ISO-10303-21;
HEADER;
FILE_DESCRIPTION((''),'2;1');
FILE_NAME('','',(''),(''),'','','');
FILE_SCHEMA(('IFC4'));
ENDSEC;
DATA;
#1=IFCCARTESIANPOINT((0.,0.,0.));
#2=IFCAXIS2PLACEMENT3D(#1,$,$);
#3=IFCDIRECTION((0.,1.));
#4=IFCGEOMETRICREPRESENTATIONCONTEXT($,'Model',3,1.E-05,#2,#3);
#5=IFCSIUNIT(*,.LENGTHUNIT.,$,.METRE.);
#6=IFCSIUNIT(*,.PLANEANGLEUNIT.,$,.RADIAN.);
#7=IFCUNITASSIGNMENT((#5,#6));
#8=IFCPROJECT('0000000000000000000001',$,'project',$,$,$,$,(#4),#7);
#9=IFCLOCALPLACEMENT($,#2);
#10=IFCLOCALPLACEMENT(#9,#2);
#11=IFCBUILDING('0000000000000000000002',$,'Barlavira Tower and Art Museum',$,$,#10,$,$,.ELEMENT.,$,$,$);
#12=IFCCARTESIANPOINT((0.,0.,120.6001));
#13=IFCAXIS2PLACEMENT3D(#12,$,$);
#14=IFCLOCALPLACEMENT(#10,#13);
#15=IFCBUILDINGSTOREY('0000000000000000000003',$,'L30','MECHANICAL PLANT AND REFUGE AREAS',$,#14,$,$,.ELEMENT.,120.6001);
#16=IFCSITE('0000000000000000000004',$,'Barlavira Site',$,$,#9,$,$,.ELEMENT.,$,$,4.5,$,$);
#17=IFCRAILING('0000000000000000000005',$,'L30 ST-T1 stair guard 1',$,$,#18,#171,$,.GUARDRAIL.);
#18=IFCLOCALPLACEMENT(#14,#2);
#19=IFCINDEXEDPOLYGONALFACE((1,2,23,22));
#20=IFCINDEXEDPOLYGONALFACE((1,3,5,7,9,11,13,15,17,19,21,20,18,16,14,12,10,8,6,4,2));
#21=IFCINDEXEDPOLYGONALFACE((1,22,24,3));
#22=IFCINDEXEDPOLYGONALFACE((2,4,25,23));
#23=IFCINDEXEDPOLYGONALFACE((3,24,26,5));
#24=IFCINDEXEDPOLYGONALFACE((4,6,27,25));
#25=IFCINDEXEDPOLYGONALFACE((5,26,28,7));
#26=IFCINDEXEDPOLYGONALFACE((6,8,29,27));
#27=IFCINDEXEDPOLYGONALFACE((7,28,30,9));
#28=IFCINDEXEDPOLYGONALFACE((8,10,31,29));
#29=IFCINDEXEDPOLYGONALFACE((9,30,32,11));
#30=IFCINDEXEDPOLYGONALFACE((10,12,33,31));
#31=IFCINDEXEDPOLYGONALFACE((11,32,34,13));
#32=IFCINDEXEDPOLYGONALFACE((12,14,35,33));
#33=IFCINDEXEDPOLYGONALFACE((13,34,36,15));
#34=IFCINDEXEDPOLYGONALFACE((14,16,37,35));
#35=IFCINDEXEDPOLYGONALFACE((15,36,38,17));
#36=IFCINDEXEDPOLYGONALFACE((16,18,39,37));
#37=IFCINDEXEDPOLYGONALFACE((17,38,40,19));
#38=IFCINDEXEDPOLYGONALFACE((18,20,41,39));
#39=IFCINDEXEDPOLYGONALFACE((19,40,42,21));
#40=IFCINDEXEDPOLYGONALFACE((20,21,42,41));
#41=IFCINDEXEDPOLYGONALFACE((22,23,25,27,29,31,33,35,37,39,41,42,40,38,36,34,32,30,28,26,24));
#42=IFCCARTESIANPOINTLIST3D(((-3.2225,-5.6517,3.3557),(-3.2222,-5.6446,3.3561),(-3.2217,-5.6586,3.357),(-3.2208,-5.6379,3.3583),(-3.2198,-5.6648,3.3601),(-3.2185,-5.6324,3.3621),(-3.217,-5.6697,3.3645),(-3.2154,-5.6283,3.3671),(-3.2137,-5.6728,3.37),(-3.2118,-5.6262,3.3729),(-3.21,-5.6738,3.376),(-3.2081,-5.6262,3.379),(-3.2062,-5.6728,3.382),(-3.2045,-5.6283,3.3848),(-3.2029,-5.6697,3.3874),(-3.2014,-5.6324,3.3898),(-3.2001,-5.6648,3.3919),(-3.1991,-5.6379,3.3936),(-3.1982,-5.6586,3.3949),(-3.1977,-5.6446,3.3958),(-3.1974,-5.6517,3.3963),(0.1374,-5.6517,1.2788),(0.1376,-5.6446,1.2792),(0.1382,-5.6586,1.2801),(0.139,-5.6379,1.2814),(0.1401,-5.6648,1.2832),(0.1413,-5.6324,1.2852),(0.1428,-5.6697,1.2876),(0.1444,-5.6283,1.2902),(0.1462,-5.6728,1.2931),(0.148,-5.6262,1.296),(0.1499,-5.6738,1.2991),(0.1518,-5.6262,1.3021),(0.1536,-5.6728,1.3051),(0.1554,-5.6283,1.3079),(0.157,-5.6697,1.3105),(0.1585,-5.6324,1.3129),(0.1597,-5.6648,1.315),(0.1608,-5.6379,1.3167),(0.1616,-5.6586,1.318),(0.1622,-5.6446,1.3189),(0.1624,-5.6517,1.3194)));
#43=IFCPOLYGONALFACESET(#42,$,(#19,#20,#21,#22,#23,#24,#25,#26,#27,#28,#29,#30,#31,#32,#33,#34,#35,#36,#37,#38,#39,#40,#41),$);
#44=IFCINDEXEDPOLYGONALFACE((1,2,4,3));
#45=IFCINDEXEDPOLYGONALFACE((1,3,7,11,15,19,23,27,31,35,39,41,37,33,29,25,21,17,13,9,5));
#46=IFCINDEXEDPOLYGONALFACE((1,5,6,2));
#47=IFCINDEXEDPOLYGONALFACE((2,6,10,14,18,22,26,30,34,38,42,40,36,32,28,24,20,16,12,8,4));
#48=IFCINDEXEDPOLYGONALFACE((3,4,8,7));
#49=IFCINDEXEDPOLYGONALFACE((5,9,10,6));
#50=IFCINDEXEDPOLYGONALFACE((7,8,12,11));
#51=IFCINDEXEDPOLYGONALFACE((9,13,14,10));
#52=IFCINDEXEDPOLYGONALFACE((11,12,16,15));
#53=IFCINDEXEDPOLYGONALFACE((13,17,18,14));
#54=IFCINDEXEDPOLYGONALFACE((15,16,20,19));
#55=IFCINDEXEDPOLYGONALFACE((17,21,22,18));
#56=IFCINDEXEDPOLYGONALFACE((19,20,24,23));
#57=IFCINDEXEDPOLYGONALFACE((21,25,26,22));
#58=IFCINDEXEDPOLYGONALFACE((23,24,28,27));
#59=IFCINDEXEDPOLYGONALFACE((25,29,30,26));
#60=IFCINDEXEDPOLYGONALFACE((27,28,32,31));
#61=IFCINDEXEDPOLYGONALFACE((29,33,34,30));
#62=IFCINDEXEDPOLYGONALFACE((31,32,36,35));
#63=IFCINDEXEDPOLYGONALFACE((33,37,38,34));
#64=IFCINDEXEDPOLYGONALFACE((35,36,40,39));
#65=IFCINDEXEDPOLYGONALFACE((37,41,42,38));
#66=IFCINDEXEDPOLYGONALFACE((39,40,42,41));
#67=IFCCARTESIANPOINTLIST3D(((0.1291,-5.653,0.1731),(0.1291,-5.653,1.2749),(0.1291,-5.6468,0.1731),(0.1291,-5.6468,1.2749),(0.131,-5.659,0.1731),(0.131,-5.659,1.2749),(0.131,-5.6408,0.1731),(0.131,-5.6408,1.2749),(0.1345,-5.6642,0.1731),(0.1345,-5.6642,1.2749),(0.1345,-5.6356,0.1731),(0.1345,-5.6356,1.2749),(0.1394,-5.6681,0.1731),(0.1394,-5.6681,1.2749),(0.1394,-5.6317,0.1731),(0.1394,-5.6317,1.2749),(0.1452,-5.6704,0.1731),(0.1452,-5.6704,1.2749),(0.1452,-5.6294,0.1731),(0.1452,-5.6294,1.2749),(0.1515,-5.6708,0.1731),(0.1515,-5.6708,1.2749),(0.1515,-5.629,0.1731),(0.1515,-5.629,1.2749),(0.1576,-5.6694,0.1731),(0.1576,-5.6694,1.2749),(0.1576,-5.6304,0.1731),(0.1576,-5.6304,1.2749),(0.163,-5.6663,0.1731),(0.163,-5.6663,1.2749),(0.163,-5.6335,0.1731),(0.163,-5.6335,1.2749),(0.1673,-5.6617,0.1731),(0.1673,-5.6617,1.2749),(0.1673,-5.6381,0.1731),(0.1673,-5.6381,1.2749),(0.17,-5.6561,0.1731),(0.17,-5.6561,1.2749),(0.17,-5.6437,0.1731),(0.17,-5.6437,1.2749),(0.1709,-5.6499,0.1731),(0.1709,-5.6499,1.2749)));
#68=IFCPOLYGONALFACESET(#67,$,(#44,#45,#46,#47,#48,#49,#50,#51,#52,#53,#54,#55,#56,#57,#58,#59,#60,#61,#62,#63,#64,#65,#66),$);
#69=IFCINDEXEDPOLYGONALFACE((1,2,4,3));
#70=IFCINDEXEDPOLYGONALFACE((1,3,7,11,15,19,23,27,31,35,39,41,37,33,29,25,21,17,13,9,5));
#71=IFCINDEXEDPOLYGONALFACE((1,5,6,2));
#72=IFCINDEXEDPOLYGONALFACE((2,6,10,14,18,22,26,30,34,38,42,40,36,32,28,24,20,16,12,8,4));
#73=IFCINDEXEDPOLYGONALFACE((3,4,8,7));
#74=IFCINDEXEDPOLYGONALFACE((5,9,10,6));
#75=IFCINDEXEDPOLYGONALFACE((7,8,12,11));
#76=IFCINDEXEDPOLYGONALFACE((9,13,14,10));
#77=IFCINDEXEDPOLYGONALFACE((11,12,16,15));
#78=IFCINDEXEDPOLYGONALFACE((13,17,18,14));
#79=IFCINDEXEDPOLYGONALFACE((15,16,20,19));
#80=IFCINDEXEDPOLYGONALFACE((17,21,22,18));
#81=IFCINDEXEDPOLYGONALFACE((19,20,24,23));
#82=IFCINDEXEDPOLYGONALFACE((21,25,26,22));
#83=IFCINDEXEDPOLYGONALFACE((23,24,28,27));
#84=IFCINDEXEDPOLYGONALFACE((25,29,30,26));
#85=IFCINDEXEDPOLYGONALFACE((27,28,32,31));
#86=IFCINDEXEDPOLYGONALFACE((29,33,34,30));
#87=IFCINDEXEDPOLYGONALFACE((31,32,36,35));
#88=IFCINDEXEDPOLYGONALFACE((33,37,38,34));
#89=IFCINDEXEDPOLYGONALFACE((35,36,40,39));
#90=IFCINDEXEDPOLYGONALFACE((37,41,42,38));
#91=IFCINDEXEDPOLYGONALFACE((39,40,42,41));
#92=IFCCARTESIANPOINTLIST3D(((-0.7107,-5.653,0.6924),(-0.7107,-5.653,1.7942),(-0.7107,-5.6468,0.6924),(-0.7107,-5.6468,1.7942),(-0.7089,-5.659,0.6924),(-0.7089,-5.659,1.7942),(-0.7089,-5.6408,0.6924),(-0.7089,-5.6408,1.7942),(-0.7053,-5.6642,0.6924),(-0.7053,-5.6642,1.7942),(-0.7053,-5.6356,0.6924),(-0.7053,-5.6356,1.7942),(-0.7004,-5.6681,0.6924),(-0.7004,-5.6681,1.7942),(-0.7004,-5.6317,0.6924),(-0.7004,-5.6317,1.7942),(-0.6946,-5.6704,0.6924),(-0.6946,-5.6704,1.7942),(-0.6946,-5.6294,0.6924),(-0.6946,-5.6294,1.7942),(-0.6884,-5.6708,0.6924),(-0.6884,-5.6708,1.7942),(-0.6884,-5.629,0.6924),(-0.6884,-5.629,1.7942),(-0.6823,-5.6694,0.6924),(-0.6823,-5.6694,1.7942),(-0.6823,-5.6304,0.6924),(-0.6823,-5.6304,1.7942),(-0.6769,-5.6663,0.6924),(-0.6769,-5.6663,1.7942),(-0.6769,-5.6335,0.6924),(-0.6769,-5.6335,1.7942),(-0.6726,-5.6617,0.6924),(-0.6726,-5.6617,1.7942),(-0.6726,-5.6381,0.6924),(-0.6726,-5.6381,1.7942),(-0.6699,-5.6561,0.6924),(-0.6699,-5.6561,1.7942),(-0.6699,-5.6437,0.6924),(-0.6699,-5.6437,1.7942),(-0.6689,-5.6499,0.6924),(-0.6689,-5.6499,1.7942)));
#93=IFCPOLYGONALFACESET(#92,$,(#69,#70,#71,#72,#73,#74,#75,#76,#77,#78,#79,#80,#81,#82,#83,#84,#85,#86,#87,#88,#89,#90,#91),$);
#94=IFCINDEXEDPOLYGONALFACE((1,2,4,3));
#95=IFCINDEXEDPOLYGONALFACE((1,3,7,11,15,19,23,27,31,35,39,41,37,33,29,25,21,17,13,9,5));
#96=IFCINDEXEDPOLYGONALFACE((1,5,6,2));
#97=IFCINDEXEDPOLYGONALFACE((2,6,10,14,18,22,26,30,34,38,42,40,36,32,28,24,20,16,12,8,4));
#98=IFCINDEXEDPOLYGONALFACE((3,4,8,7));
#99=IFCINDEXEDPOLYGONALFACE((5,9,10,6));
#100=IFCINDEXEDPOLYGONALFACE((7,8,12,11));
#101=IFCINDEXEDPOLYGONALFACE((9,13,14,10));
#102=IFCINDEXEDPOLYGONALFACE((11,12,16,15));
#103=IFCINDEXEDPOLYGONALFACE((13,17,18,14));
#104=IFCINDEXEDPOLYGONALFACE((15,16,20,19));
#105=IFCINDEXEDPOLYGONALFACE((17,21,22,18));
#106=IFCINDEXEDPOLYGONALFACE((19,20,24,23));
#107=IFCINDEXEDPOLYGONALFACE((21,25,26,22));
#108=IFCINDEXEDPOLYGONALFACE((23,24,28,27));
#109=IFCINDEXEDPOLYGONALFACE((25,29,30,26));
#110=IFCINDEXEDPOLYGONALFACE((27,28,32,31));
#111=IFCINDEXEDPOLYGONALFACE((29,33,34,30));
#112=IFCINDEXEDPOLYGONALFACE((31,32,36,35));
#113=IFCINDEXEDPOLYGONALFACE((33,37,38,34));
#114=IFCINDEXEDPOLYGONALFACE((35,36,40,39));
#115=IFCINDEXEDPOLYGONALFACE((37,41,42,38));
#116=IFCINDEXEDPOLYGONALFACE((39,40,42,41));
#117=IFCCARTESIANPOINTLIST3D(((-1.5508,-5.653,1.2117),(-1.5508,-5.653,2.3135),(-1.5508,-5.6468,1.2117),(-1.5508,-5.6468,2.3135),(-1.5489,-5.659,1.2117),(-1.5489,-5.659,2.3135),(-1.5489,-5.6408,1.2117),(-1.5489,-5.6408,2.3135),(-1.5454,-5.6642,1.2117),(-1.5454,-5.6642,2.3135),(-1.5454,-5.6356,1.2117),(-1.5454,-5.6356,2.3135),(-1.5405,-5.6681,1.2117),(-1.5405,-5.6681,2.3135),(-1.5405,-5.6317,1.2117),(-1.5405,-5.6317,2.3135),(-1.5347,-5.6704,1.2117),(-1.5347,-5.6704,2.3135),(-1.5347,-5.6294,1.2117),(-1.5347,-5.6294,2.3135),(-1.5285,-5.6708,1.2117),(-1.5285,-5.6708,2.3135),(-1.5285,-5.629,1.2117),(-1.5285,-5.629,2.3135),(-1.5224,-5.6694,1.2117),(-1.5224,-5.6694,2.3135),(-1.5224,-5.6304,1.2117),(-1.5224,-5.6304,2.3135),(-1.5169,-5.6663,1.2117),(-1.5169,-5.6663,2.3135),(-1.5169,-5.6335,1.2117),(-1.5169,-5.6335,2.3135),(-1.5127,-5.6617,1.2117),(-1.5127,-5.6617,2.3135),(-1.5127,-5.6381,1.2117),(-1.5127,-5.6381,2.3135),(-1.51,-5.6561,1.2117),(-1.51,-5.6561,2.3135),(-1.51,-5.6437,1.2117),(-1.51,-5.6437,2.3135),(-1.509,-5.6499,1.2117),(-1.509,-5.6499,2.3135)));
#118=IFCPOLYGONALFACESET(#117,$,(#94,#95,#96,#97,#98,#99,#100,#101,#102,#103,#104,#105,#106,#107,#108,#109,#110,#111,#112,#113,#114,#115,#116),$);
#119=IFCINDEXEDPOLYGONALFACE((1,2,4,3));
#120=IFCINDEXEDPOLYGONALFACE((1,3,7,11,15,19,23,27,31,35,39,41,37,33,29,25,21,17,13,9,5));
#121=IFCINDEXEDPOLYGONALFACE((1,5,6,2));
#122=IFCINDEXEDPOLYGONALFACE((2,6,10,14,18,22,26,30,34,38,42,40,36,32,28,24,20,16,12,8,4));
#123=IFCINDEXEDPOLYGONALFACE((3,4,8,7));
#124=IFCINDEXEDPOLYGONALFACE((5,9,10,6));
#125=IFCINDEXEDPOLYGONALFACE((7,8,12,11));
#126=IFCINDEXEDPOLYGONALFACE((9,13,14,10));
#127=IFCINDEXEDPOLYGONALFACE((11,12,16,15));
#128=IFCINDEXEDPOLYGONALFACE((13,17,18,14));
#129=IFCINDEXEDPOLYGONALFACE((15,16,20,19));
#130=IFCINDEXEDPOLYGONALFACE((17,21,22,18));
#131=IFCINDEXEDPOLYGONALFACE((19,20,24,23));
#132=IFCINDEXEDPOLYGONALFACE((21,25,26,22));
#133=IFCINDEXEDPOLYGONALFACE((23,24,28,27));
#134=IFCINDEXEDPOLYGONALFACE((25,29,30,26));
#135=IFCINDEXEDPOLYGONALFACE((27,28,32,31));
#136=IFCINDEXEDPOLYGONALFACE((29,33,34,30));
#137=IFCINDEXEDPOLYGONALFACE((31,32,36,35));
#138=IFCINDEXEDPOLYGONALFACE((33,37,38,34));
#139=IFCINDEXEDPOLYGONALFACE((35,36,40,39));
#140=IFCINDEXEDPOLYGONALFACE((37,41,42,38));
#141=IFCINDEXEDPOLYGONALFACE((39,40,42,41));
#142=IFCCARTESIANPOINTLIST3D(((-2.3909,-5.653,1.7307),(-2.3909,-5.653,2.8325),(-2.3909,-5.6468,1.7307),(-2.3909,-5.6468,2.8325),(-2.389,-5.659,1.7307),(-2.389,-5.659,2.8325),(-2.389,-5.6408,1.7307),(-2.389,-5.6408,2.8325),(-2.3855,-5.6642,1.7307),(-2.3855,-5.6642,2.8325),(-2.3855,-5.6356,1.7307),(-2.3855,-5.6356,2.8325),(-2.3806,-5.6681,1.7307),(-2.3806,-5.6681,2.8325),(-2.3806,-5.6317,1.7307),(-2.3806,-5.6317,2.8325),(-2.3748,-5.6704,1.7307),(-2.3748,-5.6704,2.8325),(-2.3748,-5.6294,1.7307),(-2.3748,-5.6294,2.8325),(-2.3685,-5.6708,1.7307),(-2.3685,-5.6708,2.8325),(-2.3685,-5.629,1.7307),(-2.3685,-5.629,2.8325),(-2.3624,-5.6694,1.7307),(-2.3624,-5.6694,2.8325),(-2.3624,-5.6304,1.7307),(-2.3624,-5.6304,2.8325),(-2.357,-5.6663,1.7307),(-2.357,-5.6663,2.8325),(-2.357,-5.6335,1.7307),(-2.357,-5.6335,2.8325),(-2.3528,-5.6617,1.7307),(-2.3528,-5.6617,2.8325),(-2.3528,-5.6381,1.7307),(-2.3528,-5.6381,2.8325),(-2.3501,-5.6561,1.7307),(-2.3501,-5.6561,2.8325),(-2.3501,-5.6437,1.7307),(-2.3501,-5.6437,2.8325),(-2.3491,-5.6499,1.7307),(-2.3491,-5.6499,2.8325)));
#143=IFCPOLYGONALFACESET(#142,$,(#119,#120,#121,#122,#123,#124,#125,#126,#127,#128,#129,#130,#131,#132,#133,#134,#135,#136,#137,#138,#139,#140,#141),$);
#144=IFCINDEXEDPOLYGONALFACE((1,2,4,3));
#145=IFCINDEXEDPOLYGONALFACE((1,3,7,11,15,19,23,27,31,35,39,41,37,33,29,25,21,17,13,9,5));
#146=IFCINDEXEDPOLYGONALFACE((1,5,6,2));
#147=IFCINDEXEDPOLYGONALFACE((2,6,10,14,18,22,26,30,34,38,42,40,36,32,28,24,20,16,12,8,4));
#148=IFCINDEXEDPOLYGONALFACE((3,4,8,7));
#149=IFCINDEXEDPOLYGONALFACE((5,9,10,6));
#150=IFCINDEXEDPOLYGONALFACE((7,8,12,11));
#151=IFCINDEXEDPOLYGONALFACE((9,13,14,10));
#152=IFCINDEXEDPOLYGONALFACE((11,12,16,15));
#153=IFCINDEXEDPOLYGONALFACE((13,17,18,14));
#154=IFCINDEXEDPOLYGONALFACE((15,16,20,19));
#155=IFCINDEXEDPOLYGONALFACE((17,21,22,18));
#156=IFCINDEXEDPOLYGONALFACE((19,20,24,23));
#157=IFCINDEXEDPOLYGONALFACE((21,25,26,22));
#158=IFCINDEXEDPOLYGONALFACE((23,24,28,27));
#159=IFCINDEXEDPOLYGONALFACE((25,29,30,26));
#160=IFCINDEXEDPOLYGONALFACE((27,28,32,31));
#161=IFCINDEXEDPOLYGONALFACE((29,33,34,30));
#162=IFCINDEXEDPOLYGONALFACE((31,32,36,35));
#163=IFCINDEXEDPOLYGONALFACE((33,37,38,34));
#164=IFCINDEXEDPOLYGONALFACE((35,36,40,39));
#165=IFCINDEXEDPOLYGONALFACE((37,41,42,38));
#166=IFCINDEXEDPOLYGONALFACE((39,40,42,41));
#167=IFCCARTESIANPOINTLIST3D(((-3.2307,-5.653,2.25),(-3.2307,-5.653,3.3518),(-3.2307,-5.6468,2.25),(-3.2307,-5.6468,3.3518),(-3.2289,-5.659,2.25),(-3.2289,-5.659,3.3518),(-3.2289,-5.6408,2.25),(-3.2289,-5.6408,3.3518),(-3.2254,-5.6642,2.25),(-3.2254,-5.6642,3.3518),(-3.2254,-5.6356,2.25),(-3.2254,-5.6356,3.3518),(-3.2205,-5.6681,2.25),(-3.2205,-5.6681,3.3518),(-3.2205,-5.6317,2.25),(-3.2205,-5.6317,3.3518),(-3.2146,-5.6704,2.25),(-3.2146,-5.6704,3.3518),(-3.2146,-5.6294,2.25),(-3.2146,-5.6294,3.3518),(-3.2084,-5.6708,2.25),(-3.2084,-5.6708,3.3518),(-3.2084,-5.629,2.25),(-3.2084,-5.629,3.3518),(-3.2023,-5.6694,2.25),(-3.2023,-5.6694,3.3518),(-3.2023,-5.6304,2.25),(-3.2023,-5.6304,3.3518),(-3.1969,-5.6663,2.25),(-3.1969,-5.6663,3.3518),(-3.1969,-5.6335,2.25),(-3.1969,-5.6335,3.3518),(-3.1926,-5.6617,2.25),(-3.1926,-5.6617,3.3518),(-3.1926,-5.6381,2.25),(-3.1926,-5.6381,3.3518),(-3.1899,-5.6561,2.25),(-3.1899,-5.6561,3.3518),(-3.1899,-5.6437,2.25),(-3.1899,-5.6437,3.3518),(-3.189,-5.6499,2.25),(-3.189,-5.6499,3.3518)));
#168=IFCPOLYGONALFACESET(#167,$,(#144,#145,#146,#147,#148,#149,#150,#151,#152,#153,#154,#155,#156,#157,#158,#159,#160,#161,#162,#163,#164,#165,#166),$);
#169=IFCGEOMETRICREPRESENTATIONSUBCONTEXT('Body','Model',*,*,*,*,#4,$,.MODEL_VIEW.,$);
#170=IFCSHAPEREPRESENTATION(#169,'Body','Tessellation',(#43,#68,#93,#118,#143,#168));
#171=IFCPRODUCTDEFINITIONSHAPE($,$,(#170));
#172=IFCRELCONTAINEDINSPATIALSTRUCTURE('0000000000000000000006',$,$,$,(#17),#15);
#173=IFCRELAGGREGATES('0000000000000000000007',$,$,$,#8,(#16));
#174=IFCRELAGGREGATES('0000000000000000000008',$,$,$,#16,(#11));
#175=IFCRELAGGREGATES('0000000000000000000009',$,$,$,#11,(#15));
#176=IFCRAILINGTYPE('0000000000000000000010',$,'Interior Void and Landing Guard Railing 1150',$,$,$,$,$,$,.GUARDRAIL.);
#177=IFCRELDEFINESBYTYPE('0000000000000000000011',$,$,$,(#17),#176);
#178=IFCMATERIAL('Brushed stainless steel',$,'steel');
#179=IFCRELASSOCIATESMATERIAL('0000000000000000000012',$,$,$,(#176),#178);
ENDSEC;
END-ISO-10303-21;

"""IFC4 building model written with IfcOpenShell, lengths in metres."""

from ifc_helpers import new_model, si_unit, direction, frame, origin, origin_2d, place, context, subcontext, project, spatial, circle, extrude, material, type_object, element, save


model = new_model("IFC4")

# Units and contexts
model_context = context("Model", 3, precision=1e-05, world=origin(), true_north=direction((0.0, 1.0)))
body_context = subcontext(model_context, "Body", "Model", "MODEL_VIEW")
ifc_project = project(units=[si_unit("LENGTHUNIT", "METRE"), si_unit("PLANEANGLEUNIT", "RADIAN")], contexts=[model_context])

# Site, building, storey
site_placement = place(None, origin())
site = spatial("IfcSite", under=ifc_project, at=site_placement, Name="Barlavira Site", CompositionType="ELEMENT", RefElevation=4.5)
building_placement = place(site_placement, origin())
building = spatial("IfcBuilding", under=site, at=building_placement, Name="Barlavira Tower and Art Museum", CompositionType="ELEMENT")
storey_placement = place(building_placement, frame((0.0, 0.0, 120.6001)))
storey = spatial("IfcBuildingStorey", under=building, at=storey_placement, Name="L30", Description="MECHANICAL PLANT AND REFUGE AREAS", CompositionType="ELEMENT", Elevation=120.6001)

# Shared definitions
ifc_material_1 = material(Name="Brushed stainless steel", Category="steel")

# Railing
railing_type_1 = type_object("IfcRailingType", Name="Interior Void and Landing Guard Railing 1150", PredefinedType="GUARDRAIL", material=ifc_material_1)
railing_1_placement = place(storey_placement, frame((0.1499, -5.6499, 0.1731)))
element("IfcRailing", 1, at=railing_1_placement, inside=storey, type_object=railing_type_1, Name="L30 ST-T1 stair guard 1", PredefinedType="GUARDRAIL", context=body_context, shape_type="SweptSolid", body=[
    extrude(circle(Radius=0.0239, at=origin_2d()), frame((0.0, 0.0, 1.126), z_axis=(-0.850606, 0.0, 0.525803), x_axis=(0.0, -1.0, 0.0)), (0.0, 0.0, 1.0), 3.95),
    extrude(circle(Radius=0.021, at=origin_2d()), origin(), (0.0, 0.0, 1.0), 1.1018),
    extrude(circle(Radius=0.021, at=origin_2d()), frame((-0.8398, 0.0, 0.5193)), (0.0, 0.0, 1.0), 1.1018),
    extrude(circle(Radius=0.021, at=origin_2d()), frame((-1.6799, 0.0, 1.0386)), (0.0, 0.0, 1.0), 1.1018),
    extrude(circle(Radius=0.021, at=origin_2d()), frame((-2.52, 0.0, 1.5576)), (0.0, 0.0, 1.0), 1.1018),
    extrude(circle(Radius=0.021, at=origin_2d()), frame((-3.3599, 0.0, 2.0769)), (0.0, 0.0, 1.0), 1.1018),
])

save(model, "model.ifc")
